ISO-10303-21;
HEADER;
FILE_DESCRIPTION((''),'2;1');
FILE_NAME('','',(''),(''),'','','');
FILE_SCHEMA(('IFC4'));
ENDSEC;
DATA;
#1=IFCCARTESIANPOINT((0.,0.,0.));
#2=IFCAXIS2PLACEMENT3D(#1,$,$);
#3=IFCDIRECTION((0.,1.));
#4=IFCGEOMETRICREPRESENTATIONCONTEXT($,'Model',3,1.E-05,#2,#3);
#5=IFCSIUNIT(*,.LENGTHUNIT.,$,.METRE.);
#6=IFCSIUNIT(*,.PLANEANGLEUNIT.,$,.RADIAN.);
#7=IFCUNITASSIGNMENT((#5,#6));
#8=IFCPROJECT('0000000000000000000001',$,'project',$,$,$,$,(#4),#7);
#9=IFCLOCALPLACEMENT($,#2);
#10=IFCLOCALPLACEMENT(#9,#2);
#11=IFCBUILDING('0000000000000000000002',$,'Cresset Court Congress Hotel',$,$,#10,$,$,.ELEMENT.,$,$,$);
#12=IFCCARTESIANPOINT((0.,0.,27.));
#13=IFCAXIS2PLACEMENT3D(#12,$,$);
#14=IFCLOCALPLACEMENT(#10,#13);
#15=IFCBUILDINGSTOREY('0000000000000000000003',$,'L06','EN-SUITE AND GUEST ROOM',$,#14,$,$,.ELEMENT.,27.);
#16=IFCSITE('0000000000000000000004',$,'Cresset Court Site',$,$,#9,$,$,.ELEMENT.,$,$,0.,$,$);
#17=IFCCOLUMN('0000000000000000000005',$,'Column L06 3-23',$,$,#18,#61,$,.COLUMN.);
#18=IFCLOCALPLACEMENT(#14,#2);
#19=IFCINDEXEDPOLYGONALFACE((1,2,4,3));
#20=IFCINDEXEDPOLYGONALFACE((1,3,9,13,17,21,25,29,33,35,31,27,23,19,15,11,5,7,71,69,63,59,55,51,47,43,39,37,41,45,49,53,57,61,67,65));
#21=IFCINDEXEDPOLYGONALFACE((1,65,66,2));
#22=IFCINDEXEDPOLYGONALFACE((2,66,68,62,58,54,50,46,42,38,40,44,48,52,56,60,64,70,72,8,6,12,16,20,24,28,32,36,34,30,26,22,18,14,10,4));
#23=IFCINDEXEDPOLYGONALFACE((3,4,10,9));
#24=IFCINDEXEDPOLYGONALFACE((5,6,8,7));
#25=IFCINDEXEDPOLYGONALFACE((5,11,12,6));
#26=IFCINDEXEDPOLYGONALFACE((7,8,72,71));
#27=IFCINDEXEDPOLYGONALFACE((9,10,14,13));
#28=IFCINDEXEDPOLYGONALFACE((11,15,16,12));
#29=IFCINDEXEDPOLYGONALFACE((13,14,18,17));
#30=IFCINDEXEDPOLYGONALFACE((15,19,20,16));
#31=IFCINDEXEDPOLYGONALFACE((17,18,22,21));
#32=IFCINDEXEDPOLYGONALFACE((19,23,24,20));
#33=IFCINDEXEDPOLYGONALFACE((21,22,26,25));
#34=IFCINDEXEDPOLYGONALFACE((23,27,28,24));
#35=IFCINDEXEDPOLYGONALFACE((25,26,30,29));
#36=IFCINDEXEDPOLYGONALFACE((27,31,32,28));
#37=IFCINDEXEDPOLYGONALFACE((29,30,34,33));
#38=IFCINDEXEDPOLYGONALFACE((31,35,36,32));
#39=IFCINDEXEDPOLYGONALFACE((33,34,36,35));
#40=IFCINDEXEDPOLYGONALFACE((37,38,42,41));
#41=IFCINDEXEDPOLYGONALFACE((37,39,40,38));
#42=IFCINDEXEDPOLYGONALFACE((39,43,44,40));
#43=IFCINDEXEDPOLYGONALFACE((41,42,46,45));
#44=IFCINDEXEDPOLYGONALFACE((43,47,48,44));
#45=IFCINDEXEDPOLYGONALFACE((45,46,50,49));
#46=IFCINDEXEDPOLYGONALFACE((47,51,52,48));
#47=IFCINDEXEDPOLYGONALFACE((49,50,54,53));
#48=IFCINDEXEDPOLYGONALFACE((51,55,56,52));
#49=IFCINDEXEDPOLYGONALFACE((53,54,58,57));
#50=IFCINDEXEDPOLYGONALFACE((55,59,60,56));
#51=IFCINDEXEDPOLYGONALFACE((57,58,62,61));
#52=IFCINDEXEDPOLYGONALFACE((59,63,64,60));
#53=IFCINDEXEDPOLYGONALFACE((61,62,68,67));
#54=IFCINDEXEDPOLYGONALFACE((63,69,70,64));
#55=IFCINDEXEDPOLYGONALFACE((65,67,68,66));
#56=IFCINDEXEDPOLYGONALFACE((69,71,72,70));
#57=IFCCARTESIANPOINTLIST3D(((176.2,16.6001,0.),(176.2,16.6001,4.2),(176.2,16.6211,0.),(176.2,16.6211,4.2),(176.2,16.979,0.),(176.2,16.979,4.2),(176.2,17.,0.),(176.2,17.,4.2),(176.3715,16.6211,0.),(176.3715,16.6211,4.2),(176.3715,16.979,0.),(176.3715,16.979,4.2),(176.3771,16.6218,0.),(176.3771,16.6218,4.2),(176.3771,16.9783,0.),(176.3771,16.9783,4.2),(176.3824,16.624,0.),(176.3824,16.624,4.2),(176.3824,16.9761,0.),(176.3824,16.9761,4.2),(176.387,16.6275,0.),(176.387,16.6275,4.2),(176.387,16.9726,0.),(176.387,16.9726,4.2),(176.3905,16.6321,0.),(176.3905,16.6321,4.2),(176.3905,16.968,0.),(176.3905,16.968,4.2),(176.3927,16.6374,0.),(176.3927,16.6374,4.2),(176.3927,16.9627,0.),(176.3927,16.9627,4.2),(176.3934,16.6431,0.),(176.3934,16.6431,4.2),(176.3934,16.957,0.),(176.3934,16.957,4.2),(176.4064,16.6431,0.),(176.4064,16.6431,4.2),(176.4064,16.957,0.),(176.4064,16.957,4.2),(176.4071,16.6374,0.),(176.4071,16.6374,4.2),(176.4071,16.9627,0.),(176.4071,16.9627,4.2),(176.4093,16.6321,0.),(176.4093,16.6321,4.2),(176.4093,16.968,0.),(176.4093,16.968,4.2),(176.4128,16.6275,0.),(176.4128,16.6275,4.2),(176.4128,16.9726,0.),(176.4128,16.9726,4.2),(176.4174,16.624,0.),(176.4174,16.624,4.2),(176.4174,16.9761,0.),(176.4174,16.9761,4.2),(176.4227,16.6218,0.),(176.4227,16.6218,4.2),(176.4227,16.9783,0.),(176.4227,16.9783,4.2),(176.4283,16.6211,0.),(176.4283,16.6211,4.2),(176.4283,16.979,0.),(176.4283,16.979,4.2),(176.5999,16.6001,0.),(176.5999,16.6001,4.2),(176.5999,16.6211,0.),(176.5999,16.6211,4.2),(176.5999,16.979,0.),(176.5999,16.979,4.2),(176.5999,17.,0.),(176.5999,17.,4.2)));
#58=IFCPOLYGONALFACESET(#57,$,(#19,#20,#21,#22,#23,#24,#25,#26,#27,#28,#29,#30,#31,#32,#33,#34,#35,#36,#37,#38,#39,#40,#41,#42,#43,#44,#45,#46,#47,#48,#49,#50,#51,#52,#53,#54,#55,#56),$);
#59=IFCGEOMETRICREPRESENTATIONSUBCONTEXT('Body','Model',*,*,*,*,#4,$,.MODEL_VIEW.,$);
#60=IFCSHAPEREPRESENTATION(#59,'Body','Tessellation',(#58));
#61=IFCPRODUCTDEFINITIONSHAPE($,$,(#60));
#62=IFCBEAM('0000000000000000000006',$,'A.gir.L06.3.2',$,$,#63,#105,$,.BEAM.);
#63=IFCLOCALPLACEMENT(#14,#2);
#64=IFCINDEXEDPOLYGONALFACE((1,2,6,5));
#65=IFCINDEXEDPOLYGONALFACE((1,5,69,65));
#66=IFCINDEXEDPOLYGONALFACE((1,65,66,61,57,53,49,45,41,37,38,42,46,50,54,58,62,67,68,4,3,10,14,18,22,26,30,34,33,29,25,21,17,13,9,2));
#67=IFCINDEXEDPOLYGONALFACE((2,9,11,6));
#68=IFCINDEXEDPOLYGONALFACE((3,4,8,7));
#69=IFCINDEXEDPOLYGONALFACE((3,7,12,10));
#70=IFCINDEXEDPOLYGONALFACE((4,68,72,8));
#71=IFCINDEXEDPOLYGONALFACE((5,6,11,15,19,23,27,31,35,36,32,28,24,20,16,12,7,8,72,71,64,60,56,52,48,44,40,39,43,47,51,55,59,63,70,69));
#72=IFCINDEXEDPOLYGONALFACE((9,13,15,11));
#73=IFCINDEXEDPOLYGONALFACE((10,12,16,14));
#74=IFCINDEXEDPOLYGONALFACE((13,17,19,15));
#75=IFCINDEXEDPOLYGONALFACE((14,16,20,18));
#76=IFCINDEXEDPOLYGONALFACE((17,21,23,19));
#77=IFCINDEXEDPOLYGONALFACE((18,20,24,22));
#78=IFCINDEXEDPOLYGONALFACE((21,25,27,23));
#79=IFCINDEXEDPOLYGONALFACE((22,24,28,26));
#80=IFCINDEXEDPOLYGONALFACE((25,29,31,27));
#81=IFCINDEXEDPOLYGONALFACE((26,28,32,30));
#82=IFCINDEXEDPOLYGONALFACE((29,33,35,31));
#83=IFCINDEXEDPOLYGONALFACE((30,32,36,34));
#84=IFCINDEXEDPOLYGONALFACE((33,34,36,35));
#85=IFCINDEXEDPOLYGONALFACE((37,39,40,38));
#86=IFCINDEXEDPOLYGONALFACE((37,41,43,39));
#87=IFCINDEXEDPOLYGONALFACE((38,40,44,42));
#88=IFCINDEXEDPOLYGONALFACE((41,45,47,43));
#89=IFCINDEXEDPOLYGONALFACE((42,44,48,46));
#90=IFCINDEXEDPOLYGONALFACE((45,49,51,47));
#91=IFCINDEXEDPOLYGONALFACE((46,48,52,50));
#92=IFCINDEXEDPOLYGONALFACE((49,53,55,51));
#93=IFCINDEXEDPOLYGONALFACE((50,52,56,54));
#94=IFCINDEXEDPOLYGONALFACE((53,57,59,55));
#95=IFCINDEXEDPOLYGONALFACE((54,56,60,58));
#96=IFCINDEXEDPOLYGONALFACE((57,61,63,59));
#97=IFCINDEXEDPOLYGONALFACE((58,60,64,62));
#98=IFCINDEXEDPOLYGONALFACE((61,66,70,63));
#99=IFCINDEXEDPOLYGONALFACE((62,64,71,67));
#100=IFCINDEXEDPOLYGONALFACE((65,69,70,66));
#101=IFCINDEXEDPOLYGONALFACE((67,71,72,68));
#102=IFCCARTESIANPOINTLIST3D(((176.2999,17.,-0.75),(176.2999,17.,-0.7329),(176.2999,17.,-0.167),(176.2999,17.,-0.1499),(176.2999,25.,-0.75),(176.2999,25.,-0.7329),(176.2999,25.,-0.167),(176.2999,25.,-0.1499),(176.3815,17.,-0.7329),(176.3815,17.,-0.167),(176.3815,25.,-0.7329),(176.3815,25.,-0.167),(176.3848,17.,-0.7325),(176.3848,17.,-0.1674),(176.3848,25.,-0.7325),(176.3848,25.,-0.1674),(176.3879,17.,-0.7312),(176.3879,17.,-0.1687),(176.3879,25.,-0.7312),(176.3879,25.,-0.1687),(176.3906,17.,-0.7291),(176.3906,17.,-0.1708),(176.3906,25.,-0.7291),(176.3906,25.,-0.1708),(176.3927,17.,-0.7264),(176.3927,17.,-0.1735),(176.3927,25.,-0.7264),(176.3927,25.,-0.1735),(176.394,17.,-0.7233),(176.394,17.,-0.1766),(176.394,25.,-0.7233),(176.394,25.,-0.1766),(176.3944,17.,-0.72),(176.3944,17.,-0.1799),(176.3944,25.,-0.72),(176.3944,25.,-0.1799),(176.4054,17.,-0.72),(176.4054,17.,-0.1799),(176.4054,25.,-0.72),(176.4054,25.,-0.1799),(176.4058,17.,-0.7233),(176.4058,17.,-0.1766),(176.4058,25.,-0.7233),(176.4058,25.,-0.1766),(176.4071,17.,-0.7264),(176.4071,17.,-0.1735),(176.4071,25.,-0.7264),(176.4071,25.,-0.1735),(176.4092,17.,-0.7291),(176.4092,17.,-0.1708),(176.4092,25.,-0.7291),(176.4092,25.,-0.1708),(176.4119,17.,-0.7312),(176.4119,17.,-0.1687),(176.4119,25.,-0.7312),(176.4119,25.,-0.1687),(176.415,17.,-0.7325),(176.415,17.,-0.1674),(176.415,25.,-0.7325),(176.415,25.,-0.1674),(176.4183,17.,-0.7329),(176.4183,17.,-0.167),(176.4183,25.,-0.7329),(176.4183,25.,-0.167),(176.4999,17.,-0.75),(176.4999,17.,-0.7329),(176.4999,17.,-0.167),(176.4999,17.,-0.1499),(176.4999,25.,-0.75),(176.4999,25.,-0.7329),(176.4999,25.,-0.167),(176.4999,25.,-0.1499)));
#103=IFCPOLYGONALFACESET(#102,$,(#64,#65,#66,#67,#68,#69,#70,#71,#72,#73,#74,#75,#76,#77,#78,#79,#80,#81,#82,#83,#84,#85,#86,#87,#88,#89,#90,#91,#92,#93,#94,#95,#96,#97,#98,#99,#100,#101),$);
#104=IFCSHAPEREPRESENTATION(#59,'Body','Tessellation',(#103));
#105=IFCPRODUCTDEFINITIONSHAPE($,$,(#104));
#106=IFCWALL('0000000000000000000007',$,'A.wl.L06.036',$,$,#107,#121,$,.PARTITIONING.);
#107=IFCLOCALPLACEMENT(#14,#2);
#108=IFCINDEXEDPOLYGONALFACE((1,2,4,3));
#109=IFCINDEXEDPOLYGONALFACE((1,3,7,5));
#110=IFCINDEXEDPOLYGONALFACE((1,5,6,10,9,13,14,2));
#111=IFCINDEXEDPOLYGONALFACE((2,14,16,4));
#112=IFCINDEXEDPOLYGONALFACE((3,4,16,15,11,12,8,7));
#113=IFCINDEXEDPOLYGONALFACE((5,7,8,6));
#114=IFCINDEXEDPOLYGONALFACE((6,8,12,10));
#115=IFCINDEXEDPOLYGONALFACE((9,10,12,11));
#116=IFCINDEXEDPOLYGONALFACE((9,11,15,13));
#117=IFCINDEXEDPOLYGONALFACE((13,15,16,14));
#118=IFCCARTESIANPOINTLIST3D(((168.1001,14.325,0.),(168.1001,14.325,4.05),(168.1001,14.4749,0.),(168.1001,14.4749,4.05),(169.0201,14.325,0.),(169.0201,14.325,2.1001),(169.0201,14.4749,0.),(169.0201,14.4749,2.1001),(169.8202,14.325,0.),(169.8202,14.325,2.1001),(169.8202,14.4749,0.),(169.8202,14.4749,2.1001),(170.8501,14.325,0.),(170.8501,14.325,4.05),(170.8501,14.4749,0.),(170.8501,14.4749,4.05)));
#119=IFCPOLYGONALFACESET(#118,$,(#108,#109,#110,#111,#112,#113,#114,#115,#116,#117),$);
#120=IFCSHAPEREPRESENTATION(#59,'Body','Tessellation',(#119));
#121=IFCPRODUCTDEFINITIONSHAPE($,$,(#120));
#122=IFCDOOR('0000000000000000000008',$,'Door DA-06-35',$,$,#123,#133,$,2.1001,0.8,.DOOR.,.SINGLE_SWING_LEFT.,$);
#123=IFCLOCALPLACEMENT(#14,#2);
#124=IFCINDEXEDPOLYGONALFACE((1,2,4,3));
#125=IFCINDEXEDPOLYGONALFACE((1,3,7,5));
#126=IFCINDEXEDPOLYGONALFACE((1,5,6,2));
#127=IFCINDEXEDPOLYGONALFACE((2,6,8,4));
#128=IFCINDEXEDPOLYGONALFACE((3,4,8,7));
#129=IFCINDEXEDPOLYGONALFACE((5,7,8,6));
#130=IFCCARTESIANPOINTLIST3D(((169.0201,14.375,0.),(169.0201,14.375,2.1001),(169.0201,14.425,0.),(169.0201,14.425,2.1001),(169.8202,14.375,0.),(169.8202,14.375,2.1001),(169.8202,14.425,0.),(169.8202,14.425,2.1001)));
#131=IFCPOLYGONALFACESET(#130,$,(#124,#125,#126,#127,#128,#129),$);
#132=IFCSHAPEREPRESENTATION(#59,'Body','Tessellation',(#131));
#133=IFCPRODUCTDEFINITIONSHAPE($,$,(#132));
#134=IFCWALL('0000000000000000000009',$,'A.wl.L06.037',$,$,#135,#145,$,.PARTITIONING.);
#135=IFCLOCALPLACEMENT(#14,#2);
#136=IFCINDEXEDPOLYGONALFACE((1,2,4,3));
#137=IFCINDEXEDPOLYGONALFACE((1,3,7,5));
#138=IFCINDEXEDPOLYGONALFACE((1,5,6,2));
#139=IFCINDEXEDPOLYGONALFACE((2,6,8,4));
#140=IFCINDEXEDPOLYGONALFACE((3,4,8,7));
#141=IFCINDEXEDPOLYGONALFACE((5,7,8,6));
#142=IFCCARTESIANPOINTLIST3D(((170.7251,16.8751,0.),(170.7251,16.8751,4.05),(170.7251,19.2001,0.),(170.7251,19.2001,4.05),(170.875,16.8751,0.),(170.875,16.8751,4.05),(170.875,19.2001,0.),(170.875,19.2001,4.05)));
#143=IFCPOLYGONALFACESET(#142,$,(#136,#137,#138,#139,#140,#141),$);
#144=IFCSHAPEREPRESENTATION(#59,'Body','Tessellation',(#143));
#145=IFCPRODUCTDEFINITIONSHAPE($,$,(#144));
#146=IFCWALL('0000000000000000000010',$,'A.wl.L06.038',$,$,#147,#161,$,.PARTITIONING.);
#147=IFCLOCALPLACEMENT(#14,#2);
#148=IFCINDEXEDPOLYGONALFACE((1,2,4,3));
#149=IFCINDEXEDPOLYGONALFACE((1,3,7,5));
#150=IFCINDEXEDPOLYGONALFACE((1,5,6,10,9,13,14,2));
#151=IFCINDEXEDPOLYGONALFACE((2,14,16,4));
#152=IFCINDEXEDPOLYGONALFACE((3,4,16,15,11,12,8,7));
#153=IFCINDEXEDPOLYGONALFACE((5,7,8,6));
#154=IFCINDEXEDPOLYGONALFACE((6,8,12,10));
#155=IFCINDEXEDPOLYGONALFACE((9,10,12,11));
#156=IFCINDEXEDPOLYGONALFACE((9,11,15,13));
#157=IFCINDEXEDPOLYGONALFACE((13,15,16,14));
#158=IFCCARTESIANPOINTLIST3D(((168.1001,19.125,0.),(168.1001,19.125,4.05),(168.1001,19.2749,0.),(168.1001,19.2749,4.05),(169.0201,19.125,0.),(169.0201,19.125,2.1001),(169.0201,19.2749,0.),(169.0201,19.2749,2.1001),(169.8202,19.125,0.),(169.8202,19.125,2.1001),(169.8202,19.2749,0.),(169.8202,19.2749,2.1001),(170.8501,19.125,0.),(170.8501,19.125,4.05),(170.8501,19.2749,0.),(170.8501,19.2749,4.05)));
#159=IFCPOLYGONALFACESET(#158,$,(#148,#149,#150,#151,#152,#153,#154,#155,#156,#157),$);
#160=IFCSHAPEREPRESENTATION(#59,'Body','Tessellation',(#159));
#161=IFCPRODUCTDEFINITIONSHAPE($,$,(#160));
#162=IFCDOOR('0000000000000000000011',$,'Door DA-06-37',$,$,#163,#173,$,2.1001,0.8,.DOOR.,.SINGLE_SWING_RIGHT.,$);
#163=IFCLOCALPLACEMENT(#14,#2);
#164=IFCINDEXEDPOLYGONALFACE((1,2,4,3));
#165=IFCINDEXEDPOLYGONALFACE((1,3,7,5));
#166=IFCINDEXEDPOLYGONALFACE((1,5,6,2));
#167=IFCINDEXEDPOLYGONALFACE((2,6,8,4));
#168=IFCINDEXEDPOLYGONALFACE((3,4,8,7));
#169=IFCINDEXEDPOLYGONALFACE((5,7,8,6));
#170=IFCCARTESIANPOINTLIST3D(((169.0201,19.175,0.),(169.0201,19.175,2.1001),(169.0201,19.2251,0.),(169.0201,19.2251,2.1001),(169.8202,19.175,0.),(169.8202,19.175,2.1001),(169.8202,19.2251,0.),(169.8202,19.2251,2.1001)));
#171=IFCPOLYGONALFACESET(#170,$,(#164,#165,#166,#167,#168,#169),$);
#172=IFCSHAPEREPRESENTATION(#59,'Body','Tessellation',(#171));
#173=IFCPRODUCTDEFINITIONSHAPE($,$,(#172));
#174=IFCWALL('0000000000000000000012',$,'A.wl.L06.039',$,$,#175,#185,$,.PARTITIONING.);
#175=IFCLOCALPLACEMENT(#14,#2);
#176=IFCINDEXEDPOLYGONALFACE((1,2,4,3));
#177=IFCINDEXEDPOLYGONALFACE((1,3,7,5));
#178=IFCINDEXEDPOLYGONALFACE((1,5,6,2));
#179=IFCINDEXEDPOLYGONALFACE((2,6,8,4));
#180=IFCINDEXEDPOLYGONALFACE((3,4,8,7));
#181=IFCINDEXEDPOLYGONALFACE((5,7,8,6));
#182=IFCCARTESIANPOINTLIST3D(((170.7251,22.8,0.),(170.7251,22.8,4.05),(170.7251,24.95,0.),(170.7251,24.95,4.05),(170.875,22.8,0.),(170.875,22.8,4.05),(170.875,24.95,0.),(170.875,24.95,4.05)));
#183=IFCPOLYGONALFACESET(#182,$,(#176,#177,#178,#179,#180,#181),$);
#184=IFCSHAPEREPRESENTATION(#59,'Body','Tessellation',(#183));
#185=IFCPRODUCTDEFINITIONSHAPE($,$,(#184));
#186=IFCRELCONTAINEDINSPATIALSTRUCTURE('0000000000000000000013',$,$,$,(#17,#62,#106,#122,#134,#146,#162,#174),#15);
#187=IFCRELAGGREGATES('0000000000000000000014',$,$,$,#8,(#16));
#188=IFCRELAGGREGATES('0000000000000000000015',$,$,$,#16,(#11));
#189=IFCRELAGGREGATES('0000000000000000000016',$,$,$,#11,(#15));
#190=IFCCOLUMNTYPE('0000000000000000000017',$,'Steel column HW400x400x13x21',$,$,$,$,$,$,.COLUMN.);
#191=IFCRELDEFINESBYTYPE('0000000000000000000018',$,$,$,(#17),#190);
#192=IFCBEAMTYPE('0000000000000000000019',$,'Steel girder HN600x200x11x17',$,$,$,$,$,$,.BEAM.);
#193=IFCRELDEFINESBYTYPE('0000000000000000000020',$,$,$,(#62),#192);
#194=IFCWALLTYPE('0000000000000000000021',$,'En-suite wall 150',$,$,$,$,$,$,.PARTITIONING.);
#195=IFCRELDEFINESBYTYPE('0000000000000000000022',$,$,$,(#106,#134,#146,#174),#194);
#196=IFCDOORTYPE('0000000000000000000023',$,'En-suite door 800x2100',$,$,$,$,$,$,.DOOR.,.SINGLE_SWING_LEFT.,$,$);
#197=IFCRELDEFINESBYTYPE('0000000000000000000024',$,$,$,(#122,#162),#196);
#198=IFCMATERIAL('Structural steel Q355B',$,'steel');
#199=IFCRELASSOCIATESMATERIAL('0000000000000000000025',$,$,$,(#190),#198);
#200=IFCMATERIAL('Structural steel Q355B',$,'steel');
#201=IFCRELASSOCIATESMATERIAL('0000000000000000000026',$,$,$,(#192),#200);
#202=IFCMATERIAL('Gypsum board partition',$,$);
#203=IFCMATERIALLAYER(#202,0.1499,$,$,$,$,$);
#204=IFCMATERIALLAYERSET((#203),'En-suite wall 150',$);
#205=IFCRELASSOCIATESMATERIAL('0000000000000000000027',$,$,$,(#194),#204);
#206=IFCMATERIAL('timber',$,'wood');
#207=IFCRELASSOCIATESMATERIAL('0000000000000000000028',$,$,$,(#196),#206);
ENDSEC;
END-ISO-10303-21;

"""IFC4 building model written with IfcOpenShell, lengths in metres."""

from ifc_helpers import new_model, si_unit, direction, frame, frame_2d, origin, origin_2d, place, context, subcontext, project, spatial, rectangle, i_section, extrude, material, layer, layer_set, material_profile, profile_set, type_object, element, fill, save


model = new_model("IFC4")

# Units and contexts
model_context = context("Model", 3, precision=1e-05, world=origin(), true_north=direction((0.0, 1.0)))
body_context = subcontext(model_context, "Body", "Model", "MODEL_VIEW")
ifc_project = project(units=[si_unit("LENGTHUNIT", "METRE"), si_unit("PLANEANGLEUNIT", "RADIAN")], contexts=[model_context])

# Site, building, storey
site_placement = place(None, origin())
site = spatial("IfcSite", under=ifc_project, at=site_placement, Name="Cresset Court Site", CompositionType="ELEMENT", RefElevation=0.0)
building_placement = place(site_placement, origin())
building = spatial("IfcBuilding", under=site, at=building_placement, Name="Cresset Court Congress Hotel", CompositionType="ELEMENT")
storey_placement = place(building_placement, frame((0.0, 0.0, 27.0)))
storey = spatial("IfcBuildingStorey", under=building, at=storey_placement, Name="L06", Description="EN-SUITE AND GUEST ROOM", CompositionType="ELEMENT", Elevation=27.0)

# Column
ifc_material_1 = material(Name="Structural steel Q355B", Category="steel")
ifc_material_profile_1 = material_profile(ifc_material_1, i_section(OverallWidth=0.3999, OverallDepth=0.3999, WebThickness=0.0129, FlangeThickness=0.021, FilletRadius=0.022, at=origin_2d()), Name="HW400x400x13x21")
ifc_profile_set_1 = profile_set([ifc_material_profile_1], Name="Structural steel Q355B")
column_type = type_object("IfcColumnType", Name="Steel column HW400x400x13x21", PredefinedType="COLUMN", material=ifc_profile_set_1)
column_placement = place(storey_placement, frame((176.3999, 16.8, 0.0), z_axis=(0.0, 0.0, 1.0), x_axis=(1.0, 0.0, 0.0)))
element("IfcColumn", 1, at=column_placement, inside=storey, type_object=column_type, Name="Column L06 3-23", PredefinedType="COLUMN", context=body_context, shape_type="SweptSolid", body=[
    extrude(i_section(OverallWidth=0.3999, OverallDepth=0.3999, WebThickness=0.0129, FlangeThickness=0.021, FilletRadius=0.022, at=origin_2d()), origin(), (0.0, 0.0, 1.0), 4.2),
])

# Beam
ifc_material_2 = material(Name="Structural steel Q355B", Category="steel")
ifc_material_profile_2 = material_profile(ifc_material_2, i_section(OverallWidth=0.2, OverallDepth=0.6001, WebThickness=0.011, FlangeThickness=0.0171, FilletRadius=0.0129, at=origin_2d()), Name="HN600x200x11x17")
ifc_profile_set_2 = profile_set([ifc_material_profile_2], Name="Structural steel Q355B")
beam_type = type_object("IfcBeamType", Name="Steel girder HN600x200x11x17", PredefinedType="BEAM", material=ifc_profile_set_2)
beam_placement = place(storey_placement, frame((176.3999, 17.0, -0.45), z_axis=(0.0, 1.0, 0.0), x_axis=(-1.0, 0.0, 0.0)))
element("IfcBeam", 2, at=beam_placement, inside=storey, type_object=beam_type, Name="A.gir.L06.3.2", PredefinedType="BEAM", context=body_context, shape_type="SweptSolid", body=[
    extrude(i_section(OverallWidth=0.2, OverallDepth=0.6001, WebThickness=0.011, FlangeThickness=0.0171, FilletRadius=0.0129, at=origin_2d()), origin(), (0.0, 0.0, 1.0), 8.0),
])

# Wall, opening, door
ifc_material_3 = material(Name="Gypsum board partition")
ifc_layer_1 = layer(ifc_material_3, 0.1499)
ifc_layer_set_1 = layer_set([ifc_layer_1], Name="En-suite wall 150")
wall_type_1 = type_object("IfcWallType", Name="En-suite wall 150", PredefinedType="PARTITIONING", material=ifc_layer_set_1)
wall_1_placement = place(storey_placement, frame((170.8501, 14.3999, 0.0), z_axis=(0.0, 0.0, 1.0), x_axis=(-1.0, 0.0, 0.0)))
wall_1 = element("IfcWall", 3, at=wall_1_placement, inside=storey, type_object=wall_type_1, Name="A.wl.L06.036", PredefinedType="PARTITIONING", context=body_context, shape_type="SweptSolid", body=[
    extrude(rectangle(XDim=2.75, YDim=0.1499, at=frame_2d((1.375, 0.0))), origin(), (0.0, 0.0, 1.0), 4.05),
])
opening_1_placement = place(wall_1_placement, frame((1.03, 0.0, 0.0)))
opening_1 = element("IfcOpeningElement", 4, at=opening_1_placement, cuts=wall_1, PredefinedType="OPENING", context=body_context, shape_type="SweptSolid", body=[
    extrude(rectangle(XDim=0.8, YDim=2.1001, at=frame_2d((0.3999, 1.05))), frame((0.0, 0.085, 0.0), z_axis=(0.0, -1.0, 0.0), x_axis=(1.0, 0.0, 0.0)), (0.0, 0.0, 1.0), 0.1699),
])
ifc_material_4 = material(Name="timber", Category="wood")
door_type = type_object("IfcDoorType", Name="En-suite door 800x2100", OperationType="SINGLE_SWING_LEFT", PredefinedType="DOOR", material=ifc_material_4)
door_1_placement = place(opening_1_placement, origin())
door_1 = element("IfcDoor", 5, at=door_1_placement, inside=storey, type_object=door_type, Name="Door DA-06-35", OperationType="SINGLE_SWING_LEFT", OverallHeight=2.1001, OverallWidth=0.8, PredefinedType="DOOR", context=body_context, shape_type="SweptSolid", body=[
    extrude(rectangle(XDim=0.8, YDim=2.1001, at=frame_2d((0.3999, 1.05))), frame((0.0, 0.0249, 0.0), z_axis=(0.0, -1.0, 0.0), x_axis=(1.0, 0.0, 0.0)), (0.0, 0.0, 1.0), 0.05),
])
fill(opening_1, door_1)

# Wall
wall_2_placement = place(storey_placement, frame((170.8, 16.875, 0.0), z_axis=(0.0, 0.0, 1.0), x_axis=(0.0, 1.0, 0.0)))
element("IfcWall", 6, at=wall_2_placement, inside=storey, type_object=wall_type_1, Name="A.wl.L06.037", PredefinedType="PARTITIONING", context=body_context, shape_type="SweptSolid", body=[
    extrude(rectangle(XDim=2.325, YDim=0.1499, at=frame_2d((1.1626, 0.0))), origin(), (0.0, 0.0, 1.0), 4.05),
])

# Wall, opening, door
wall_3_placement = place(storey_placement, frame((170.8501, 19.2, 0.0), z_axis=(0.0, 0.0, 1.0), x_axis=(-1.0, 0.0, 0.0)))
wall_3 = element("IfcWall", 7, at=wall_3_placement, inside=storey, type_object=wall_type_1, Name="A.wl.L06.038", PredefinedType="PARTITIONING", context=body_context, shape_type="SweptSolid", body=[
    extrude(rectangle(XDim=2.75, YDim=0.1499, at=frame_2d((1.375, 0.0))), origin(), (0.0, 0.0, 1.0), 4.05),
])
opening_2_placement = place(wall_3_placement, frame((1.03, 0.0, 0.0)))
opening_2 = element("IfcOpeningElement", 8, at=opening_2_placement, cuts=wall_3, PredefinedType="OPENING", context=body_context, shape_type="SweptSolid", body=[
    extrude(rectangle(XDim=0.8, YDim=2.1001, at=frame_2d((0.3999, 1.05))), frame((0.0, 0.085, 0.0), z_axis=(0.0, -1.0, 0.0), x_axis=(1.0, 0.0, 0.0)), (0.0, 0.0, 1.0), 0.1699),
])
door_2_placement = place(opening_2_placement, origin())
door_2 = element("IfcDoor", 9, at=door_2_placement, inside=storey, type_object=door_type, Name="Door DA-06-37", OperationType="SINGLE_SWING_RIGHT", OverallHeight=2.1001, OverallWidth=0.8, PredefinedType="DOOR", context=body_context, shape_type="SweptSolid", body=[
    extrude(rectangle(XDim=0.8, YDim=2.1001, at=frame_2d((0.3999, 1.05))), frame((0.0, 0.0249, 0.0), z_axis=(0.0, -1.0, 0.0), x_axis=(1.0, 0.0, 0.0)), (0.0, 0.0, 1.0), 0.05),
])
fill(opening_2, door_2)

# Wall
wall_4_placement = place(storey_placement, frame((170.8, 22.8, 0.0), z_axis=(0.0, 0.0, 1.0), x_axis=(0.0, 1.0, 0.0)))
element("IfcWall", 10, at=wall_4_placement, inside=storey, type_object=wall_type_1, Name="A.wl.L06.039", PredefinedType="PARTITIONING", context=body_context, shape_type="SweptSolid", body=[
    extrude(rectangle(XDim=2.1499, YDim=0.1499, at=frame_2d((1.075, 0.0))), origin(), (0.0, 0.0, 1.0), 4.05),
])

save(model, "model.ifc")
